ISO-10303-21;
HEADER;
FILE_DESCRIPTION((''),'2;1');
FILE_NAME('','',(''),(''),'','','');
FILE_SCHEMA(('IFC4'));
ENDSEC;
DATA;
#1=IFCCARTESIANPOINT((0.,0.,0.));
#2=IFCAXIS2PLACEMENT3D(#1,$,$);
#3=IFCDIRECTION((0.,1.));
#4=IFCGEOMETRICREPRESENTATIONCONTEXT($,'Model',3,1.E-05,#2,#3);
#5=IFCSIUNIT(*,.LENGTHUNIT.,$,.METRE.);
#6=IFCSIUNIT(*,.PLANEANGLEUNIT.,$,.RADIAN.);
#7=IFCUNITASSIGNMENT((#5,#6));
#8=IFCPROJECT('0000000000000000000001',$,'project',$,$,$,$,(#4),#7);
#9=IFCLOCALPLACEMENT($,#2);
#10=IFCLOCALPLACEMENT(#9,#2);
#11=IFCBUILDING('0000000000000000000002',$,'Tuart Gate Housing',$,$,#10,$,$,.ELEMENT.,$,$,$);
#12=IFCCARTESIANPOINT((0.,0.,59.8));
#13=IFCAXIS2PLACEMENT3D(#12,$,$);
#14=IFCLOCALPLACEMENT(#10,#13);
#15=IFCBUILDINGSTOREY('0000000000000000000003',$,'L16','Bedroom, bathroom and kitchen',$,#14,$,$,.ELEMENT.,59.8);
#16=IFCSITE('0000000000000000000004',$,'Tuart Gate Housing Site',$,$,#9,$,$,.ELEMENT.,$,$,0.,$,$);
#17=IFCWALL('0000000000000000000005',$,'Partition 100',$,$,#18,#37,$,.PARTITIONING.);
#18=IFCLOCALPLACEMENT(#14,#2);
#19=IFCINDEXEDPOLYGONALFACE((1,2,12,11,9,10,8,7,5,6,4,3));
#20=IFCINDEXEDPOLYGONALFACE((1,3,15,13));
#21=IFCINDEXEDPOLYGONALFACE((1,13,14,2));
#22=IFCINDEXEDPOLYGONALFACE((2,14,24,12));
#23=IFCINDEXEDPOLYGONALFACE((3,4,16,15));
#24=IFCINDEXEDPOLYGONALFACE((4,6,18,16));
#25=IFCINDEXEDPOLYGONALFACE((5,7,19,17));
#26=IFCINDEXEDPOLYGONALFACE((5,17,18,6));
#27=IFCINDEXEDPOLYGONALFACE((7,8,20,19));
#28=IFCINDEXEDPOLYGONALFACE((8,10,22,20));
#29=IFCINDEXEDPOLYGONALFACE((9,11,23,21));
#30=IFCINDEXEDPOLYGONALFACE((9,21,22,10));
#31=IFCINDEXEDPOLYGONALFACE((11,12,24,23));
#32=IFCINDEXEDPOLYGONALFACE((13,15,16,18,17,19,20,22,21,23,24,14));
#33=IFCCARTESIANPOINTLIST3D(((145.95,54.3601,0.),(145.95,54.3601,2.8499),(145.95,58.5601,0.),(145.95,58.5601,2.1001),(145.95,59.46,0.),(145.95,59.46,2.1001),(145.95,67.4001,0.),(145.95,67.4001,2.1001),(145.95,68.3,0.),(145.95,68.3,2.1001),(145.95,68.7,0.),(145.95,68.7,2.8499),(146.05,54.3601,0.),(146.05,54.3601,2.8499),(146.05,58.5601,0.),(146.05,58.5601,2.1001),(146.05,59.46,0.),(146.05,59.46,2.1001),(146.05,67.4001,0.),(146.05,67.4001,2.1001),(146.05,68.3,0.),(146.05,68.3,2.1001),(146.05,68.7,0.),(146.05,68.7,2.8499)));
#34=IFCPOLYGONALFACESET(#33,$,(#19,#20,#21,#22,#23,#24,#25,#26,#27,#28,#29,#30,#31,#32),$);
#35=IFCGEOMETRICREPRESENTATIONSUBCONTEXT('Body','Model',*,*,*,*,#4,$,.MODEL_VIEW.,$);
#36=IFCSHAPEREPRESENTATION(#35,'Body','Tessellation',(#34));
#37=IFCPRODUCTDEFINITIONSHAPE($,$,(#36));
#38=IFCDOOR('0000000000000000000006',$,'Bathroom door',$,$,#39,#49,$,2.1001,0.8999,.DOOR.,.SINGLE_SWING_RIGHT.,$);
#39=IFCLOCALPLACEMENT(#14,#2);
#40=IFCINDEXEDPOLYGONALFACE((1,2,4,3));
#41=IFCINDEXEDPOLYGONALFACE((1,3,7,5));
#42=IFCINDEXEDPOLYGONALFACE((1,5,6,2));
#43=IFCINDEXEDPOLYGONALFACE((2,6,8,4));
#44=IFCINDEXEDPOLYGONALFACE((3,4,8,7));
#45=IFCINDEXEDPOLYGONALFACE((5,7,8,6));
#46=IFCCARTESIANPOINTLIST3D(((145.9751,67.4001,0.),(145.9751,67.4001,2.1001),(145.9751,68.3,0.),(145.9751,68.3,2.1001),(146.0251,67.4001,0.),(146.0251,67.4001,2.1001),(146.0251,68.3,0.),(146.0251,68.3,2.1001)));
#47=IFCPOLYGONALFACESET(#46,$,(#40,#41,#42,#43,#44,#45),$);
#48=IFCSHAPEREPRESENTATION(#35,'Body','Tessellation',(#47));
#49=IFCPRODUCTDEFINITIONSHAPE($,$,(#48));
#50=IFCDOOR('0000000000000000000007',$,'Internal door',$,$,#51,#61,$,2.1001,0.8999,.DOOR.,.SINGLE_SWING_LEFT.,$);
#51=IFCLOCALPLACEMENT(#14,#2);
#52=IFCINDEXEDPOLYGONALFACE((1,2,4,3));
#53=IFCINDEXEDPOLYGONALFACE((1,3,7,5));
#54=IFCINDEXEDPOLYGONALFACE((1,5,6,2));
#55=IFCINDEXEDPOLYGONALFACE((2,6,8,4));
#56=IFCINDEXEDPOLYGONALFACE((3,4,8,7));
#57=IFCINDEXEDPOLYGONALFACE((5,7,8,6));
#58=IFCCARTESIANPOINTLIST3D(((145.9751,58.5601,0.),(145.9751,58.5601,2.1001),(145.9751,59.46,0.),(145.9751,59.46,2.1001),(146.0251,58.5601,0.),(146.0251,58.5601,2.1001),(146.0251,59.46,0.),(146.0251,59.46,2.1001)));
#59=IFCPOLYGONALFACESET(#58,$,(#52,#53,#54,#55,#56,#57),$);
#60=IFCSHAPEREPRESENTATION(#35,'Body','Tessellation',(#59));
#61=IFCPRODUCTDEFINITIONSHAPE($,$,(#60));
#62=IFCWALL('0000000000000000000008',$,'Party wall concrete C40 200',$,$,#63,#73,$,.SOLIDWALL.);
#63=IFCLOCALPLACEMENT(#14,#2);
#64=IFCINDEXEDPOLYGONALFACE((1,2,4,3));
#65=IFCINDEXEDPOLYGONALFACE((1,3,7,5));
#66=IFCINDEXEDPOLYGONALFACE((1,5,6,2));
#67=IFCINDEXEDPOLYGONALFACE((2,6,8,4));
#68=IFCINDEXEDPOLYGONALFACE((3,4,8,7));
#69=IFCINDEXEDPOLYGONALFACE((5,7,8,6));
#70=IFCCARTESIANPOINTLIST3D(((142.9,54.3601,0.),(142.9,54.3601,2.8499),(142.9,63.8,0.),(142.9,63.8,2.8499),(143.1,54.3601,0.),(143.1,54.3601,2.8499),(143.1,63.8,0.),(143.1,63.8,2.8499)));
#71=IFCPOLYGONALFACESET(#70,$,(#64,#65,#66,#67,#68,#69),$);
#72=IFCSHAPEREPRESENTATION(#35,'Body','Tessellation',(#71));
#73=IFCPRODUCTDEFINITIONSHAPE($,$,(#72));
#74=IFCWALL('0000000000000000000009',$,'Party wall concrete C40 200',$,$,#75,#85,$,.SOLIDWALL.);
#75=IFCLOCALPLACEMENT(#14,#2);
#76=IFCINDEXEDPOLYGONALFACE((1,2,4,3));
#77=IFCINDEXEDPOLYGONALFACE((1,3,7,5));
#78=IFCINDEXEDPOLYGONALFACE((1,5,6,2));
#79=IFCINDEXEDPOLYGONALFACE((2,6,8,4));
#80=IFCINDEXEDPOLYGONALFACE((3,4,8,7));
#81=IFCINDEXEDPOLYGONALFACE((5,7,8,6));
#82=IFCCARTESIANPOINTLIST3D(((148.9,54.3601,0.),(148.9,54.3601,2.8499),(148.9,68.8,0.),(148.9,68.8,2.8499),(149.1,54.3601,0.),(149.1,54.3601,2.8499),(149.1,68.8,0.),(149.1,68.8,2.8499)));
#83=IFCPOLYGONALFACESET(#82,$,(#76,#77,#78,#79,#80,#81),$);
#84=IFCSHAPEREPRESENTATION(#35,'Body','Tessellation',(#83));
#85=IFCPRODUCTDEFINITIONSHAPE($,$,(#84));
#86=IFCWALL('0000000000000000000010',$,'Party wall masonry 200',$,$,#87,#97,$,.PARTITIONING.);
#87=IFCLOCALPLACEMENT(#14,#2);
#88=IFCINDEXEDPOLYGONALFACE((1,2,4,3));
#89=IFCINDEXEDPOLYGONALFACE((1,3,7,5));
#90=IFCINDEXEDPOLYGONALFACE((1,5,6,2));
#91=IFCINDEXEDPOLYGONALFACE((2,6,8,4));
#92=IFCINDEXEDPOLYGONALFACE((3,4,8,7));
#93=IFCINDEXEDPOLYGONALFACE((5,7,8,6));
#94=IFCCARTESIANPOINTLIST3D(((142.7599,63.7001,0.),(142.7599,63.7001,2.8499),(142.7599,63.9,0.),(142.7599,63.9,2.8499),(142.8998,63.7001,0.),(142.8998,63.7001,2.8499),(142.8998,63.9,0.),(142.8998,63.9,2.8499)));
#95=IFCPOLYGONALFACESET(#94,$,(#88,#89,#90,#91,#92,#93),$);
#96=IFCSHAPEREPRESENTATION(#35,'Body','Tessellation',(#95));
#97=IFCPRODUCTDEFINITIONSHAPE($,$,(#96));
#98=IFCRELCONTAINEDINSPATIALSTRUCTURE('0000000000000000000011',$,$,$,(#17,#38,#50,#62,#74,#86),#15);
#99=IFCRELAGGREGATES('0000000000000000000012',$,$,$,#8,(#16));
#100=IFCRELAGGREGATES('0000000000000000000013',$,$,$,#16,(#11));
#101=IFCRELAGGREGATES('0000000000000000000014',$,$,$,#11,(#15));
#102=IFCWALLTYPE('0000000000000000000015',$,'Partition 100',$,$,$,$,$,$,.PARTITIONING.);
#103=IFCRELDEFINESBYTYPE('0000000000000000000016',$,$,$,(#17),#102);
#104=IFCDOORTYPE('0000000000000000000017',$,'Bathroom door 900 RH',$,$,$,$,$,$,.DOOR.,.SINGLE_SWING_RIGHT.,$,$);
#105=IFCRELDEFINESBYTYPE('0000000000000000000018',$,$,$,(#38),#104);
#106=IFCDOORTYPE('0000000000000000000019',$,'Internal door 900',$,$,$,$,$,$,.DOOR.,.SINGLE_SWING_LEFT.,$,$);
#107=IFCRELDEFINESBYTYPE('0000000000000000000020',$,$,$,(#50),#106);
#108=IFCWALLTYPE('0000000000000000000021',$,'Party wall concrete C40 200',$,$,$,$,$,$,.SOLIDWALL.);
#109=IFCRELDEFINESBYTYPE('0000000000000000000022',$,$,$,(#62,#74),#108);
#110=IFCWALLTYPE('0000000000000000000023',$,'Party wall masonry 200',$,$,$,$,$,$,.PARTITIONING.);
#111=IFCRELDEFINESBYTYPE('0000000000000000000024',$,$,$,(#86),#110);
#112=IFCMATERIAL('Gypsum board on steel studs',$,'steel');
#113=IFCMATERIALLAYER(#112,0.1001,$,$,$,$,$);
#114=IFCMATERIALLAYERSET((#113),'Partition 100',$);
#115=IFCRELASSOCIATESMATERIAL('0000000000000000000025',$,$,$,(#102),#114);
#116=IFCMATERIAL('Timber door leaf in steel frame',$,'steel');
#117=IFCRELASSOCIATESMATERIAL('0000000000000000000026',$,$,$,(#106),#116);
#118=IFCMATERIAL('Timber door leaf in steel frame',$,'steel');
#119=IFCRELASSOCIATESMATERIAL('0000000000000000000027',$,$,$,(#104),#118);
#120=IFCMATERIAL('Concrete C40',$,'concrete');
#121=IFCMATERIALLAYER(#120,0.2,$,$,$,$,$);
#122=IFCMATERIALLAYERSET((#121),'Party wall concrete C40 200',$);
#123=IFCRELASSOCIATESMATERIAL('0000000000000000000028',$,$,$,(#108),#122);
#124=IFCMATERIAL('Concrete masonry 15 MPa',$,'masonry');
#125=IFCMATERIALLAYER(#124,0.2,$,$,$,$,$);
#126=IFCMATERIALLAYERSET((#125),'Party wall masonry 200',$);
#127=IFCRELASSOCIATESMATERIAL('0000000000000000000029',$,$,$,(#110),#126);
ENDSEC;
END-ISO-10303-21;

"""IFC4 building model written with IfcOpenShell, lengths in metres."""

from ifc_helpers import new_model, si_unit, direction, frame, frame_2d, origin, place, context, subcontext, project, spatial, rectangle, extrude, material, layer, layer_set, type_object, element, fill, save


model = new_model("IFC4")

# Units and contexts
model_context = context("Model", 3, precision=1e-05, world=origin(), true_north=direction((0.0, 1.0)))
body_context = subcontext(model_context, "Body", "Model", "MODEL_VIEW")
ifc_project = project(units=[si_unit("LENGTHUNIT", "METRE"), si_unit("PLANEANGLEUNIT", "RADIAN")], contexts=[model_context])

# Site, building, storey
site_placement = place(None, origin())
site = spatial("IfcSite", under=ifc_project, at=site_placement, Name="Tuart Gate Housing Site", CompositionType="ELEMENT", RefElevation=0.0)
building_placement = place(site_placement, origin())
building = spatial("IfcBuilding", under=site, at=building_placement, Name="Tuart Gate Housing", CompositionType="ELEMENT")
storey_placement = place(building_placement, frame((0.0, 0.0, 59.8)))
storey = spatial("IfcBuildingStorey", under=building, at=storey_placement, Name="L16", Description="Bedroom, bathroom and kitchen", CompositionType="ELEMENT", Elevation=59.8)

# Shared definitions
ifc_material_1 = material(Name="Gypsum board on steel studs", Category="steel")
ifc_layer_1 = layer(ifc_material_1, 0.1001)
ifc_layer_set_1 = layer_set([ifc_layer_1], Name="Partition 100")
wall_type_1 = type_object("IfcWallType", Name="Partition 100", PredefinedType="PARTITIONING", material=ifc_layer_set_1)

# Shared definitions
ifc_material_2 = material(Name="Timber door leaf in steel frame", Category="steel")
door_type_1 = type_object("IfcDoorType", Name="Internal door 900", OperationType="SINGLE_SWING_LEFT", PredefinedType="DOOR", material=ifc_material_2)
ifc_material_3 = material(Name="Timber door leaf in steel frame", Category="steel")
door_type_2 = type_object("IfcDoorType", Name="Bathroom door 900 RH", OperationType="SINGLE_SWING_RIGHT", PredefinedType="DOOR", material=ifc_material_3)

# Wall, openings, doors
wall_1_placement = place(storey_placement, frame((146.0, 54.3601, 0.0), z_axis=(0.0, 0.0, 1.0), x_axis=(0.0, 1.0, 0.0)))
wall_1 = element("IfcWall", 1, at=wall_1_placement, inside=storey, type_object=wall_type_1, Name="Partition 100", PredefinedType="PARTITIONING", context=body_context, shape_type="SweptSolid", body=[
    extrude(rectangle(XDim=14.3398, YDim=0.1001, at=frame_2d((7.1699, 0.0))), origin(), (0.0, 0.0, 1.0), 2.8499),
])
opening_1_placement = place(wall_1_placement, frame((4.2, 0.0, 0.0)))
opening_1 = element("IfcOpeningElement", 2, at=opening_1_placement, cuts=wall_1, PredefinedType="OPENING", context=body_context, shape_type="SweptSolid", body=[
    extrude(rectangle(XDim=0.8999, YDim=2.1001, at=frame_2d((0.45, 1.05))), frame((0.0, 0.0601, 0.0), z_axis=(0.0, -1.0, 0.0), x_axis=(1.0, 0.0, 0.0)), (0.0, 0.0, 1.0), 0.1201),
])
opening_2_placement = place(wall_1_placement, frame((13.04, 0.0, 0.0)))
opening_2 = element("IfcOpeningElement", 3, at=opening_2_placement, cuts=wall_1, PredefinedType="OPENING", context=body_context, shape_type="SweptSolid", body=[
    extrude(rectangle(XDim=0.8999, YDim=2.1001, at=frame_2d((0.45, 1.05))), frame((0.0, 0.0601, 0.0), z_axis=(0.0, -1.0, 0.0), x_axis=(1.0, 0.0, 0.0)), (0.0, 0.0, 1.0), 0.1201),
])
door_1_placement = place(opening_2_placement, origin())
door_1 = element("IfcDoor", 4, at=door_1_placement, inside=storey, type_object=door_type_2, Name="Bathroom door", OperationType="SINGLE_SWING_RIGHT", OverallHeight=2.1001, OverallWidth=0.8999, PredefinedType="DOOR", context=body_context, shape_type="SweptSolid", body=[
    extrude(rectangle(XDim=0.8999, YDim=2.1001, at=frame_2d((0.45, 1.05))), frame((0.0, 0.0249, 0.0), z_axis=(0.0, -1.0, 0.0), x_axis=(1.0, 0.0, 0.0)), (0.0, 0.0, 1.0), 0.05),
])
fill(opening_2, door_1)
door_2_placement = place(opening_1_placement, origin())
door_2 = element("IfcDoor", 5, at=door_2_placement, inside=storey, type_object=door_type_1, Name="Internal door", OperationType="SINGLE_SWING_LEFT", OverallHeight=2.1001, OverallWidth=0.8999, PredefinedType="DOOR", context=body_context, shape_type="SweptSolid", body=[
    extrude(rectangle(XDim=0.8999, YDim=2.1001, at=frame_2d((0.45, 1.05))), frame((0.0, 0.0249, 0.0), z_axis=(0.0, -1.0, 0.0), x_axis=(1.0, 0.0, 0.0)), (0.0, 0.0, 1.0), 0.05),
])
fill(opening_1, door_2)

# Walls
ifc_material_4 = material(Name="Concrete C40", Category="concrete")
ifc_layer_2 = layer(ifc_material_4, 0.2)
ifc_layer_set_2 = layer_set([ifc_layer_2], Name="Party wall concrete C40 200")
wall_type_2 = type_object("IfcWallType", Name="Party wall concrete C40 200", PredefinedType="SOLIDWALL", material=ifc_layer_set_2)
wall_2_placement = place(storey_placement, frame((143.0, 54.3601, 0.0), z_axis=(0.0, 0.0, 1.0), x_axis=(0.0, 1.0, 0.0)))
element("IfcWall", 6, at=wall_2_placement, inside=storey, type_object=wall_type_2, Name="Party wall concrete C40 200", PredefinedType="SOLIDWALL", context=body_context, shape_type="SweptSolid", body=[
    extrude(rectangle(XDim=9.4399, YDim=0.2, at=frame_2d((4.72, 0.0))), origin(), (0.0, 0.0, 1.0), 2.8499),
])
wall_3_placement = place(storey_placement, frame((149.0, 54.3601, 0.0), z_axis=(0.0, 0.0, 1.0), x_axis=(0.0, 1.0, 0.0)))
element("IfcWall", 7, at=wall_3_placement, inside=storey, type_object=wall_type_2, Name="Party wall concrete C40 200", PredefinedType="SOLIDWALL", context=body_context, shape_type="SweptSolid", body=[
    extrude(rectangle(XDim=14.4399, YDim=0.2, at=frame_2d((7.22, 0.0))), origin(), (0.0, 0.0, 1.0), 2.8499),
])
ifc_material_5 = material(Name="Concrete masonry 15 MPa", Category="masonry")
ifc_layer_3 = layer(ifc_material_5, 0.2)
ifc_layer_set_3 = layer_set([ifc_layer_3], Name="Party wall masonry 200")
wall_type_3 = type_object("IfcWallType", Name="Party wall masonry 200", PredefinedType="PARTITIONING", material=ifc_layer_set_3)
wall_4_placement = place(storey_placement, frame((142.76, 63.8, 0.0), z_axis=(0.0, 0.0, 1.0), x_axis=(1.0, 0.0, 0.0)))
element("IfcWall", 8, at=wall_4_placement, inside=storey, type_object=wall_type_3, Name="Party wall masonry 200", PredefinedType="PARTITIONING", context=body_context, shape_type="SweptSolid", body=[
    extrude(rectangle(XDim=0.1399, YDim=0.2, at=frame_2d((0.0698, 0.0))), origin(), (0.0, 0.0, 1.0), 2.8499),
])

save(model, "model.ifc")
